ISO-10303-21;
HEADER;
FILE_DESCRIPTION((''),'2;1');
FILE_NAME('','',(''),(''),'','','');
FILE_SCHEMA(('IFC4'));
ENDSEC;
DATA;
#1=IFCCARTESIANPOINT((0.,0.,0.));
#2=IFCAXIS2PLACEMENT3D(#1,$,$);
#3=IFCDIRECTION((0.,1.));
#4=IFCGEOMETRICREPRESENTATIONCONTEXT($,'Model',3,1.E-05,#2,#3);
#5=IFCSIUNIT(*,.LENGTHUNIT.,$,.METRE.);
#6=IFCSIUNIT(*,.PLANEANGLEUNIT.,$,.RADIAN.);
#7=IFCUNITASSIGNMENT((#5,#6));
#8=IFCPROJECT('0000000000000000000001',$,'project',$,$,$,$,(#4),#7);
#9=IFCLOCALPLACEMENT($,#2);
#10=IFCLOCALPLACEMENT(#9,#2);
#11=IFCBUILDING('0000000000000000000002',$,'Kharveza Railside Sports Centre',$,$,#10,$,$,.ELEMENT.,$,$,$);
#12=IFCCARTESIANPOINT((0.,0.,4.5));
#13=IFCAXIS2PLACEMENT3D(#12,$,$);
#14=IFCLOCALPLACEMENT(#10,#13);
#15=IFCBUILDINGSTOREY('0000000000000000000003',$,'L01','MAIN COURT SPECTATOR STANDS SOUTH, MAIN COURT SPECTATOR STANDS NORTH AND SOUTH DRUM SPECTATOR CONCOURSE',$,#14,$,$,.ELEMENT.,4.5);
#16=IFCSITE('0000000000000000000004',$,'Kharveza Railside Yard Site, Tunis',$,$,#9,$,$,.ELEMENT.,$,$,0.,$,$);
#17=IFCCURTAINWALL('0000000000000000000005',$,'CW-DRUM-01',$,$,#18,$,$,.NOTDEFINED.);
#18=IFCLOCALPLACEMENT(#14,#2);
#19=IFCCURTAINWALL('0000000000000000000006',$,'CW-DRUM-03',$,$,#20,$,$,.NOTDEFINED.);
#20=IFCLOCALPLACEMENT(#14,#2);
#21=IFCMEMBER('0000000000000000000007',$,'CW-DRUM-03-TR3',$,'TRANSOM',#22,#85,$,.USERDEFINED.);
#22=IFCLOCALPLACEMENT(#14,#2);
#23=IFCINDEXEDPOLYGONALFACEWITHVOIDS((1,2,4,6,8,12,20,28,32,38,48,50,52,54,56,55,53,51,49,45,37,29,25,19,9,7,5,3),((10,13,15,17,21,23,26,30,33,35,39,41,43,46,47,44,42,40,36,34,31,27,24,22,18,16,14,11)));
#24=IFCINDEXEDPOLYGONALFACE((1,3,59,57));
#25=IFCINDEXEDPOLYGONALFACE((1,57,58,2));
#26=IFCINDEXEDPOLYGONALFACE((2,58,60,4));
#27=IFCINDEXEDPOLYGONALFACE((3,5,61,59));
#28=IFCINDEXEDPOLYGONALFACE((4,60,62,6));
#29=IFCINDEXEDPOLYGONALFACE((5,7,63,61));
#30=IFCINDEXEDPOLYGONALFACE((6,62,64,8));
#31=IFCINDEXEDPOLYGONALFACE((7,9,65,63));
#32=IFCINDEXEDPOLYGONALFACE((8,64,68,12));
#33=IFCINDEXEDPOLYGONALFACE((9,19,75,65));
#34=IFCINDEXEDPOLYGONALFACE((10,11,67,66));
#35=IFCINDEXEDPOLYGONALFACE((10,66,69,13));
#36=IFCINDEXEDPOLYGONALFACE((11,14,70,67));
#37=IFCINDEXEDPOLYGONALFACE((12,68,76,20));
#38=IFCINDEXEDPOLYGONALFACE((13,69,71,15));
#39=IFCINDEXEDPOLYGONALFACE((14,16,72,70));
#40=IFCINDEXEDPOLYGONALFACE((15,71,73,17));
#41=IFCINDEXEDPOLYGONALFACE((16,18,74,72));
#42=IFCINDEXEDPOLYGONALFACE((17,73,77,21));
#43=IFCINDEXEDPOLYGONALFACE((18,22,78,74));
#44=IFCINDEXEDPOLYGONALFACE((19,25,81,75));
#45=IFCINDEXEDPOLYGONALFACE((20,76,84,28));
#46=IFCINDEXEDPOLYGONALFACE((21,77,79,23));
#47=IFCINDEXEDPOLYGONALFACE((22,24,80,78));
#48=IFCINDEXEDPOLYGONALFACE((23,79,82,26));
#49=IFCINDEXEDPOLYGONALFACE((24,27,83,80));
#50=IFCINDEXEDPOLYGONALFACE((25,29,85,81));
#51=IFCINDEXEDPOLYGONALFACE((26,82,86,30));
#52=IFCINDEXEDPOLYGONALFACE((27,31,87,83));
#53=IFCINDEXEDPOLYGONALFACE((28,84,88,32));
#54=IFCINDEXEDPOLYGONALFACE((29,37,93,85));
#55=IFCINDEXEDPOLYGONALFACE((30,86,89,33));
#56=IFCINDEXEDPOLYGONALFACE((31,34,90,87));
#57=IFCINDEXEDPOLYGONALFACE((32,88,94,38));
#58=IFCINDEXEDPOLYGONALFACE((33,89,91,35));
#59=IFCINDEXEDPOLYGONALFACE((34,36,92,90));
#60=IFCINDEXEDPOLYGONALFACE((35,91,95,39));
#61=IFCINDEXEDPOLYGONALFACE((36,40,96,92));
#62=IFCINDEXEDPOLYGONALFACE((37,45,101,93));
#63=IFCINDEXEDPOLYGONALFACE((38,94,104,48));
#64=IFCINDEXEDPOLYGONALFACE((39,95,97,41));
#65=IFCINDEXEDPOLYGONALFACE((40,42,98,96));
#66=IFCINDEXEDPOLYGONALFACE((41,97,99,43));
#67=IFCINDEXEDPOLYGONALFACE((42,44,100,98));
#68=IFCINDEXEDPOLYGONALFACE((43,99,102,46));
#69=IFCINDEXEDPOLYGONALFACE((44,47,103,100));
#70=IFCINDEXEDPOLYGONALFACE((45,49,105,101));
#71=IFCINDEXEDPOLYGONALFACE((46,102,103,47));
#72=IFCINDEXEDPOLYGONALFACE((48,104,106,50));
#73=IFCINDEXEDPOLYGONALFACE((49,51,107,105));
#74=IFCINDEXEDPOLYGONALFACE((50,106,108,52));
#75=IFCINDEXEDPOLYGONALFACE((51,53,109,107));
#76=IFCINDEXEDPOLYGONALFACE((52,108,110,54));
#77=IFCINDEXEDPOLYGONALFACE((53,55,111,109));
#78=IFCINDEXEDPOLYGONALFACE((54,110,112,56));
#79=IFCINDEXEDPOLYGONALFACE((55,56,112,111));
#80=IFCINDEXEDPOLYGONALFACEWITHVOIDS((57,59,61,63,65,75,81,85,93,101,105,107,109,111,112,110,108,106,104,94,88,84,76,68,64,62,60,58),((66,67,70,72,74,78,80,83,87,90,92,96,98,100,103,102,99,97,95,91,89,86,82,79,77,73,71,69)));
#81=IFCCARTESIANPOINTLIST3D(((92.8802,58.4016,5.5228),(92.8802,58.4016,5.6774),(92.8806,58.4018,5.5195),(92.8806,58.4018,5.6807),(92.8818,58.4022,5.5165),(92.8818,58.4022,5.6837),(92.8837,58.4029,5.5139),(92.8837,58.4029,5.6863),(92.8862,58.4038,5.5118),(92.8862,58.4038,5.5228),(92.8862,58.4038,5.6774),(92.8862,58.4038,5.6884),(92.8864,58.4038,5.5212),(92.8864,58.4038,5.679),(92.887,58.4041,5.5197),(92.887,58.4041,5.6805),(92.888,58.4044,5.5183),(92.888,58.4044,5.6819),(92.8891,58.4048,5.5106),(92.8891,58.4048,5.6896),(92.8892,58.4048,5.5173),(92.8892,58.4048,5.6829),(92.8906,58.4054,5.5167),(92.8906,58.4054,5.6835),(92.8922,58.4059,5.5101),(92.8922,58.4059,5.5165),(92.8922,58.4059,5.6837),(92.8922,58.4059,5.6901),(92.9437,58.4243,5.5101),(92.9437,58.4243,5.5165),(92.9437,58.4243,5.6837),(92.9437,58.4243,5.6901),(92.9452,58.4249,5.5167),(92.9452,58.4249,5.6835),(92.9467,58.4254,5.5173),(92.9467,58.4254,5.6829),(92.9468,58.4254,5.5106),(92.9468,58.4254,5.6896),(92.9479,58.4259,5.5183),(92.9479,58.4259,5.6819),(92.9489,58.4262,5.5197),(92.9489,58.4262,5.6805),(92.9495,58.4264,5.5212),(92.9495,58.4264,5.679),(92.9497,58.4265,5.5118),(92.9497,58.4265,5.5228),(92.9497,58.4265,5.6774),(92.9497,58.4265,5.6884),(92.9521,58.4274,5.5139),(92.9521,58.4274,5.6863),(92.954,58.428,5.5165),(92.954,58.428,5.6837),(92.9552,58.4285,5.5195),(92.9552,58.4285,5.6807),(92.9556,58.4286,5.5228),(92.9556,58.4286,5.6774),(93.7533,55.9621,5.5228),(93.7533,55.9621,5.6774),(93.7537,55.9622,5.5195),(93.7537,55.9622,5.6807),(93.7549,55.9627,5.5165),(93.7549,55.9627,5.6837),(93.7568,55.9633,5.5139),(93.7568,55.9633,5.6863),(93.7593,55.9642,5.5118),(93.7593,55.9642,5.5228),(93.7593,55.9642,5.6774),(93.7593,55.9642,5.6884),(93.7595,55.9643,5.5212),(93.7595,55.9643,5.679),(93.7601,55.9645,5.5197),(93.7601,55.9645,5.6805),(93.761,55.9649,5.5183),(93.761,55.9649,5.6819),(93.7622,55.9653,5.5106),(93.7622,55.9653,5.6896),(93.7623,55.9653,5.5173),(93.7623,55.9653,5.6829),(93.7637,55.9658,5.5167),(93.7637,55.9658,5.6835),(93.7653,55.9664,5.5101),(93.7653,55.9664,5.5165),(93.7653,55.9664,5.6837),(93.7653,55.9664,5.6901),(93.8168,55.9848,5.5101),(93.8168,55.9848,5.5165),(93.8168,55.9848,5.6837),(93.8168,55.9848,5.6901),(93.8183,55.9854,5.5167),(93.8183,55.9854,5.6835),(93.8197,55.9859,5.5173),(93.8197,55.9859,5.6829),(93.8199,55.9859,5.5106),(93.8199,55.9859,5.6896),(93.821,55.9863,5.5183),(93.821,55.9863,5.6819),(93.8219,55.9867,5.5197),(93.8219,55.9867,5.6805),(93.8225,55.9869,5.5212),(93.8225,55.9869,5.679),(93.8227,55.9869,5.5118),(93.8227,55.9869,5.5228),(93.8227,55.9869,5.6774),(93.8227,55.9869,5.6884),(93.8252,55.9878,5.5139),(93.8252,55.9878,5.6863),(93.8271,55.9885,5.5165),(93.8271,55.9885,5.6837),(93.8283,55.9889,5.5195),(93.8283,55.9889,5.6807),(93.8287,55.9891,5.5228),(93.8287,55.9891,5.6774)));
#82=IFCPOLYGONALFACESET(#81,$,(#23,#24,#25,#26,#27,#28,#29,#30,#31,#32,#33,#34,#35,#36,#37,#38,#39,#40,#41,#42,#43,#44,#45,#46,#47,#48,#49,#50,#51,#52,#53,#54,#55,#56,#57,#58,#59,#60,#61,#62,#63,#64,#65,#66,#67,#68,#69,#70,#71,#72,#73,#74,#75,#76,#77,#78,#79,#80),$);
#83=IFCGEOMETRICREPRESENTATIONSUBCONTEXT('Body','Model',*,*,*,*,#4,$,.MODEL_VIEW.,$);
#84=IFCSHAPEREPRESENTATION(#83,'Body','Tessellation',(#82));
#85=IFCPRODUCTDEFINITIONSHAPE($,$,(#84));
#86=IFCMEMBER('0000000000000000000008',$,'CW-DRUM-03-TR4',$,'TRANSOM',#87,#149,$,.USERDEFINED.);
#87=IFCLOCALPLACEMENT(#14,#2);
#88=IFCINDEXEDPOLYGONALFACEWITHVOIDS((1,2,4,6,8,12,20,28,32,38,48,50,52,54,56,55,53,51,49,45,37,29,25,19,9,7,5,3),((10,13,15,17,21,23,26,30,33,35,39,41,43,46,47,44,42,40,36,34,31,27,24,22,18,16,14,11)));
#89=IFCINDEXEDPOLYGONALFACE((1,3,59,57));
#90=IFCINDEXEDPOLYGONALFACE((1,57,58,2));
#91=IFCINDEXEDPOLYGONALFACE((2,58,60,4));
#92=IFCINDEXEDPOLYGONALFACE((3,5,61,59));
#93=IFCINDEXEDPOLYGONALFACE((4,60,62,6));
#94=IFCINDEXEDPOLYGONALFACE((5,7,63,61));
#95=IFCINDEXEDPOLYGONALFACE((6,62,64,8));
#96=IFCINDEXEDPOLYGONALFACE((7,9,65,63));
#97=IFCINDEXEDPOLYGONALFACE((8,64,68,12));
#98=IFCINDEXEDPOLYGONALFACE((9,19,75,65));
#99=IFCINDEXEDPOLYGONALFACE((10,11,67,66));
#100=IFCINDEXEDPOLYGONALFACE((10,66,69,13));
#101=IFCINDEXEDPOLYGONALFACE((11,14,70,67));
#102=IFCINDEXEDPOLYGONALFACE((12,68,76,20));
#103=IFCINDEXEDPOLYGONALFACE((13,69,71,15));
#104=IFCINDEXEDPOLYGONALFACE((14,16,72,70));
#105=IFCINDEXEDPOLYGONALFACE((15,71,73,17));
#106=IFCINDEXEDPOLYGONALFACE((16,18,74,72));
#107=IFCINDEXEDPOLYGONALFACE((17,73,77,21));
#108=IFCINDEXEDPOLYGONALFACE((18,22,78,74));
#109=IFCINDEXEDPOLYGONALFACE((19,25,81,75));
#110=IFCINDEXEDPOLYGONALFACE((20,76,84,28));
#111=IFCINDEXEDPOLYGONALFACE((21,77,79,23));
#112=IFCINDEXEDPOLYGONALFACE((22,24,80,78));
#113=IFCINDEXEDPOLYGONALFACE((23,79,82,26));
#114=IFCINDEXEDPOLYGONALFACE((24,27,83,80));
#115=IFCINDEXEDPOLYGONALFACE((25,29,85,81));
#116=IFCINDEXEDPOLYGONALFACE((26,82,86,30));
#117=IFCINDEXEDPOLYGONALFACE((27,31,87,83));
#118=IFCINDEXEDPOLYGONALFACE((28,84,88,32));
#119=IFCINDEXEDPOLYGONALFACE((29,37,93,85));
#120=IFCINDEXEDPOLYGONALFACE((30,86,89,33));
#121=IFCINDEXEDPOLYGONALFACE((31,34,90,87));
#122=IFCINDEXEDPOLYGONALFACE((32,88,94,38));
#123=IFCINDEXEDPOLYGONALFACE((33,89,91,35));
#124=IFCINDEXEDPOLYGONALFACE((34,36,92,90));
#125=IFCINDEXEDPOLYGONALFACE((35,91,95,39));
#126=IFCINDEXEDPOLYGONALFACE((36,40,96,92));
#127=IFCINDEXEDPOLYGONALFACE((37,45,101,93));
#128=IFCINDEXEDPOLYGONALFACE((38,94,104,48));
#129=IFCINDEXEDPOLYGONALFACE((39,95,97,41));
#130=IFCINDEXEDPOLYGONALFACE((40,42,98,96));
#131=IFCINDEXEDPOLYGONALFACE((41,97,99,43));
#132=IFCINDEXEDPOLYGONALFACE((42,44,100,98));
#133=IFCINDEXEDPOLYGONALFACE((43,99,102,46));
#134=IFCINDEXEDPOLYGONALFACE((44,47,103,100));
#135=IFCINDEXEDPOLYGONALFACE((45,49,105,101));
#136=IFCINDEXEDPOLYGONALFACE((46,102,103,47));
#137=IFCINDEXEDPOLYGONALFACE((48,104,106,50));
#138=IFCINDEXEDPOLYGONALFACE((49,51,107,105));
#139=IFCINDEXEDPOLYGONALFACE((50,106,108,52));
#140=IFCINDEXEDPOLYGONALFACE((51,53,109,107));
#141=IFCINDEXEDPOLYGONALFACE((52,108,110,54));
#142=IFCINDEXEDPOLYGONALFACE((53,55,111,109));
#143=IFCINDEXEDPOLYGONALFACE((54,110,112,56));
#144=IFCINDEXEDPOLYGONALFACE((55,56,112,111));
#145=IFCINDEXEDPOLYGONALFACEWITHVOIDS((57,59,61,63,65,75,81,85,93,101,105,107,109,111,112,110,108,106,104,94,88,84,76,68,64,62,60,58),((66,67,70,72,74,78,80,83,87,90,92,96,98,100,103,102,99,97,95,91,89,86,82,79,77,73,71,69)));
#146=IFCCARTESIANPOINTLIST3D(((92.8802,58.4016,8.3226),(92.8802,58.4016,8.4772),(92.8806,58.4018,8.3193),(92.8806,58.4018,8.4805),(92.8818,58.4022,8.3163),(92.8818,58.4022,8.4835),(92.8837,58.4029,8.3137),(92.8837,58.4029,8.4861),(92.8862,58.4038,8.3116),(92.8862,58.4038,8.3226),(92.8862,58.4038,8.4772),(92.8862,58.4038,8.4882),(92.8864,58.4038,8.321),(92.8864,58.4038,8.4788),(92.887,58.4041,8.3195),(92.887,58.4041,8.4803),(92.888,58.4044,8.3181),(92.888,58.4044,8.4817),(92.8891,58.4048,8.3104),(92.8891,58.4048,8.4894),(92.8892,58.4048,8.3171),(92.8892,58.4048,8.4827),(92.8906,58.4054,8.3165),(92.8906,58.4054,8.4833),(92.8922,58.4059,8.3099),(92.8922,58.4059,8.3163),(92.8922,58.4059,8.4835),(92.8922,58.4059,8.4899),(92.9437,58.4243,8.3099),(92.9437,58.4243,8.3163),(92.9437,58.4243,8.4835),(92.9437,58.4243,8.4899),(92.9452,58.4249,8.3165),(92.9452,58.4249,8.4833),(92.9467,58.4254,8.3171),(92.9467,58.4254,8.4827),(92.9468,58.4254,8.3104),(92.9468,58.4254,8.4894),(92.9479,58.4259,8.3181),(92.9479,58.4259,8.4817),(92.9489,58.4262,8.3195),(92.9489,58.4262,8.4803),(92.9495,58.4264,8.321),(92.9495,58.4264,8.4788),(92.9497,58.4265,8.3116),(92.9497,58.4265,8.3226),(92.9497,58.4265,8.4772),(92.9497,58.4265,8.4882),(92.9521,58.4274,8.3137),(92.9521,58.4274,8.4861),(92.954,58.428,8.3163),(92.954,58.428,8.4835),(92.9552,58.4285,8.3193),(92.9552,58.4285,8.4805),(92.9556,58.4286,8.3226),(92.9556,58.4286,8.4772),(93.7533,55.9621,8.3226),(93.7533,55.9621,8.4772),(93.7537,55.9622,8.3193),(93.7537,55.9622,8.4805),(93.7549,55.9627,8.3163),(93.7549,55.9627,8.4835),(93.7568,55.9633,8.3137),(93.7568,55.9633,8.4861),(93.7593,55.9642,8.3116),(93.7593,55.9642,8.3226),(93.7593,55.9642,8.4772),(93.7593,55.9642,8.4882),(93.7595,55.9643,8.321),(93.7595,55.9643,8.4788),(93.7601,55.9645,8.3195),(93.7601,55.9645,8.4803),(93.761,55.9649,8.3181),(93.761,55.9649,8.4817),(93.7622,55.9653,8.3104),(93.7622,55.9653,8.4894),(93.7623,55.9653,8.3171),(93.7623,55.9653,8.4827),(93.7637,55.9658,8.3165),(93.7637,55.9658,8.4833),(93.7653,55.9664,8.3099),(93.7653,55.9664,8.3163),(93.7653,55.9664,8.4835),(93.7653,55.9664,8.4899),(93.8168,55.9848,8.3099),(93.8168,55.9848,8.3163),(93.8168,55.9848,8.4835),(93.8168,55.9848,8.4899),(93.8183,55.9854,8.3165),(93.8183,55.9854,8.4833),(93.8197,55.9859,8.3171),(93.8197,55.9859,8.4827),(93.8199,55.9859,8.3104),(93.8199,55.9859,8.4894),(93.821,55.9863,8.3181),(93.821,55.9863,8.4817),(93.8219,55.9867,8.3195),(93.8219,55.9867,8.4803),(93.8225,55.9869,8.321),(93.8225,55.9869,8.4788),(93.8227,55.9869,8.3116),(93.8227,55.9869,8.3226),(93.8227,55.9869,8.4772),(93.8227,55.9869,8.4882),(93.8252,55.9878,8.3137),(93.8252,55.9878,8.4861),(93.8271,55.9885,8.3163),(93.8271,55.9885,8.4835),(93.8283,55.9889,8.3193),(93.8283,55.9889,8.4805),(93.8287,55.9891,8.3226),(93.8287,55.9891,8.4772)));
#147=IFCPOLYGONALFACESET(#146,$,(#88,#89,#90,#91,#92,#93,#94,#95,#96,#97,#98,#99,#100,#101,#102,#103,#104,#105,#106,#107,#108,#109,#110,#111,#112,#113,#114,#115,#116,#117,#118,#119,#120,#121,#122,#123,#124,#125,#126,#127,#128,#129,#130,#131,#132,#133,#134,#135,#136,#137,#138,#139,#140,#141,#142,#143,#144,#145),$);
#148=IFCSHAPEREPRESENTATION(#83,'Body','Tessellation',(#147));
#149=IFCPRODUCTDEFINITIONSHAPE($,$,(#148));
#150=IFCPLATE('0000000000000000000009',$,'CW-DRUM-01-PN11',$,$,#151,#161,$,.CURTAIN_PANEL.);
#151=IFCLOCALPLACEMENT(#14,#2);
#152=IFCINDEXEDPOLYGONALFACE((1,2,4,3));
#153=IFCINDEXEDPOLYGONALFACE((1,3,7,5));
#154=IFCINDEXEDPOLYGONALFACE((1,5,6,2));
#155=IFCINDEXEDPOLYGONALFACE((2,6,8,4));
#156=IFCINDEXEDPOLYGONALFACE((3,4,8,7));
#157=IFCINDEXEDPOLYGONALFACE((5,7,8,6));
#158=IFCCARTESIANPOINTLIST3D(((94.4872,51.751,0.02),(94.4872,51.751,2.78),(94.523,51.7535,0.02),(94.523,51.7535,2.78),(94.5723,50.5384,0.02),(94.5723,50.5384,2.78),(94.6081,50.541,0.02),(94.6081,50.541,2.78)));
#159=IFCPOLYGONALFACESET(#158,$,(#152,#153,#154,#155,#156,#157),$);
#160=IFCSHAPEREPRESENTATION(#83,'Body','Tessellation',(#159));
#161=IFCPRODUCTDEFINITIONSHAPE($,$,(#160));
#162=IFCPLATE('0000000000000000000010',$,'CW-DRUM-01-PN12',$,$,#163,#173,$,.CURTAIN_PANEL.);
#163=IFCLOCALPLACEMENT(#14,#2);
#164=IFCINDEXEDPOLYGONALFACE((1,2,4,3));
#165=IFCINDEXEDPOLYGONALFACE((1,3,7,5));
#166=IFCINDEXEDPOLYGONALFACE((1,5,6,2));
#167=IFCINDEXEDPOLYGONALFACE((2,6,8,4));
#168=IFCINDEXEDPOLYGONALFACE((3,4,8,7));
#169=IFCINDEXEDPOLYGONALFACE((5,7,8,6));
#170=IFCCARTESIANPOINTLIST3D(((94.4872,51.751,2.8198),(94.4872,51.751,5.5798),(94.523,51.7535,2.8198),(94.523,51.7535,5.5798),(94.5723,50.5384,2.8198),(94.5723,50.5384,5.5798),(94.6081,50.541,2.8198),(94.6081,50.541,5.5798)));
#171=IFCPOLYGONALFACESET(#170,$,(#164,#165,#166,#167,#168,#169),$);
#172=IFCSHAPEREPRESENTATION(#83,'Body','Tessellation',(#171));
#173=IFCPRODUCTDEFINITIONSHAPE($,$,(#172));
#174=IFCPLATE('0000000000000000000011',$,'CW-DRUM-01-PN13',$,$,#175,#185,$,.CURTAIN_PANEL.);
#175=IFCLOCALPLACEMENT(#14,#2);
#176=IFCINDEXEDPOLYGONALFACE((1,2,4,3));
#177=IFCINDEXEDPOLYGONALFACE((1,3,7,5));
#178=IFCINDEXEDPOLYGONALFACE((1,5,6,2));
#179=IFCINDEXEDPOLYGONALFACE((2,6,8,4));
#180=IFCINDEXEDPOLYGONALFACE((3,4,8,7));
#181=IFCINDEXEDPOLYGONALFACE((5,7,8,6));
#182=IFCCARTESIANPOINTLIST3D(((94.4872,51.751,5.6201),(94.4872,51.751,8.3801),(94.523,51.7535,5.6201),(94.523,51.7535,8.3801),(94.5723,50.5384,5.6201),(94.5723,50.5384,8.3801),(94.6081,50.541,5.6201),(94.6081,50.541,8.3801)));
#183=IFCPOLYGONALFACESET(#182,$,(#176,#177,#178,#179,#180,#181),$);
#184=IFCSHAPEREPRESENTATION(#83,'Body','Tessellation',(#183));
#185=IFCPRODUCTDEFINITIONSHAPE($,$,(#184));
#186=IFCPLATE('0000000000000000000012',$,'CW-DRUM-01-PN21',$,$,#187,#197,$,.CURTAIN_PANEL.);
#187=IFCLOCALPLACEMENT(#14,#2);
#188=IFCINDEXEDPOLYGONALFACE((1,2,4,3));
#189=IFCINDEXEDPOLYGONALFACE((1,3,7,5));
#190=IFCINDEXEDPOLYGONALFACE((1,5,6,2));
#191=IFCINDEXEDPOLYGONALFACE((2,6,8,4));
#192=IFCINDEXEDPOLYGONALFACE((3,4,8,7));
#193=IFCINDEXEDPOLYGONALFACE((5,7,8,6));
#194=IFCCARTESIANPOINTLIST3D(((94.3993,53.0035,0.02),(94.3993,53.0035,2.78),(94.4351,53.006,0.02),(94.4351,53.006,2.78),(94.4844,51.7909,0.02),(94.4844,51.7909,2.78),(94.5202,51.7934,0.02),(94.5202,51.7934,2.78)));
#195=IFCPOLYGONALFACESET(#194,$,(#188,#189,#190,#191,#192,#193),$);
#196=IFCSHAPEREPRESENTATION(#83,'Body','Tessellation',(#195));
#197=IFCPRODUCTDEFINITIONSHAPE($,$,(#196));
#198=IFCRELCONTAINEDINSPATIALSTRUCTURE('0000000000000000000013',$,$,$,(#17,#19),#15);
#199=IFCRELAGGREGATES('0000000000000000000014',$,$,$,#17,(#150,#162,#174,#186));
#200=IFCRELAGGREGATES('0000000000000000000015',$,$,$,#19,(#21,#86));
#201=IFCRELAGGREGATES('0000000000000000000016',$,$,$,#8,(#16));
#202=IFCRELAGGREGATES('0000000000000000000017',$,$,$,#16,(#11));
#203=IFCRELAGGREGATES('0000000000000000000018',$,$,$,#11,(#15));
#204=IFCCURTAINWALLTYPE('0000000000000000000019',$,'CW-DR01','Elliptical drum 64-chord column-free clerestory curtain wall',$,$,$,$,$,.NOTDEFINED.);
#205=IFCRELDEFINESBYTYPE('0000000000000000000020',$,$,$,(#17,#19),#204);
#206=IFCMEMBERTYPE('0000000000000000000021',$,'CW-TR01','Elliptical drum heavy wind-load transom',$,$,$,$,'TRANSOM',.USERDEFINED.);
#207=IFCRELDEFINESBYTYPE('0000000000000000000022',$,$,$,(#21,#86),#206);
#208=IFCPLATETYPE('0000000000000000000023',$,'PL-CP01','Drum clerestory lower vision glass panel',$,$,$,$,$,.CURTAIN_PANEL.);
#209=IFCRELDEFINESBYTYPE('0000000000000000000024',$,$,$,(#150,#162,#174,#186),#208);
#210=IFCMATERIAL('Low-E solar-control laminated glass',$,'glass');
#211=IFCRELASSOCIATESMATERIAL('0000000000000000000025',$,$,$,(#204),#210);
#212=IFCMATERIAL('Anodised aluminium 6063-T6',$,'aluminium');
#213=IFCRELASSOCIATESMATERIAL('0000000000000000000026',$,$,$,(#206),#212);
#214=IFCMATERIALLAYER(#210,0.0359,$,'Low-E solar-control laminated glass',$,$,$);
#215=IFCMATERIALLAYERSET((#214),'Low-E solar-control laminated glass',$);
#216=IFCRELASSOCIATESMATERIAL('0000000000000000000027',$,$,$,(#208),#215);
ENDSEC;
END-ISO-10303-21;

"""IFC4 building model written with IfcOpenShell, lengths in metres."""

from ifc_helpers import new_model, si_unit, direction, frame, origin, origin_2d, place, context, subcontext, project, spatial, rectangle, hollow_rectangle, extrude, material, layer, layer_set, material_profile, profile_set, type_object, element, aggregate, save


model = new_model("IFC4")

# Units and contexts
model_context = context("Model", 3, precision=1e-05, world=origin(), true_north=direction((0.0, 1.0)))
body_context = subcontext(model_context, "Body", "Model", "MODEL_VIEW")
ifc_project = project(units=[si_unit("LENGTHUNIT", "METRE"), si_unit("PLANEANGLEUNIT", "RADIAN")], contexts=[model_context])

# Site, building, storey
site_placement = place(None, origin())
site = spatial("IfcSite", under=ifc_project, at=site_placement, Name="Kharveza Railside Yard Site, Tunis", CompositionType="ELEMENT", RefElevation=0.0)
building_placement = place(site_placement, origin())
building = spatial("IfcBuilding", under=site, at=building_placement, Name="Kharveza Railside Sports Centre", CompositionType="ELEMENT")
storey_placement = place(building_placement, frame((0.0, 0.0, 4.5)))
storey = spatial("IfcBuildingStorey", under=building, at=storey_placement, Name="L01", Description="MAIN COURT SPECTATOR STANDS SOUTH, MAIN COURT SPECTATOR STANDS NORTH AND SOUTH DRUM SPECTATOR CONCOURSE", CompositionType="ELEMENT", Elevation=4.5)

# Curtain wall
ifc_material_1 = material(Name="Low-E solar-control laminated glass", Category="glass")
curtain_wall_type = type_object("IfcCurtainWallType", Name="CW-DR01", Description="Elliptical drum 64-chord column-free clerestory curtain wall", PredefinedType="NOTDEFINED", material=ifc_material_1)
curtain_wall_1_placement = place(storey_placement, origin())
curtain_wall_1 = element("IfcCurtainWall", 1, at=curtain_wall_1_placement, inside=storey, type_object=curtain_wall_type, Name="CW-DRUM-01", PredefinedType="NOTDEFINED")
ifc_material_2 = material(Name="Anodised aluminium 6063-T6", Category="aluminium")

# Curtain wall
curtain_wall_2_placement = place(storey_placement, origin())
curtain_wall_2 = element("IfcCurtainWall", 2, at=curtain_wall_2_placement, inside=storey, type_object=curtain_wall_type, Name="CW-DRUM-03", PredefinedType="NOTDEFINED")

# Members
ifc_material_profile_1 = material_profile(ifc_material_2, hollow_rectangle(XDim=0.0801, YDim=0.1799, WallThickness=0.0063, InnerFilletRadius=0.0063, OuterFilletRadius=0.0127, at=origin_2d()), Name="RHS 80x180x6.3")
ifc_profile_set_1 = profile_set([ifc_material_profile_1], Name="Anodised aluminium 6063-T6")
member_type_1 = type_object("IfcMemberType", Name="CW-TR01", Description="Elliptical drum heavy wind-load transom", ElementType="TRANSOM", PredefinedType="USERDEFINED", material=ifc_profile_set_1)
member_1_placement = place(storey_placement, frame((93.791, 55.9756, 5.6001), z_axis=(-0.336957, 0.94152, 0.0), x_axis=(-0.94152, -0.336957, 0.0)))
member_1 = element("IfcMember", 3, at=member_1_placement, type_object=member_type_1, Name="CW-DRUM-03-TR3", ObjectType="TRANSOM", PredefinedType="USERDEFINED", context=body_context, shape_type="SweptSolid", body=[
    extrude(hollow_rectangle(XDim=0.0801, YDim=0.1799, WallThickness=0.0063, InnerFilletRadius=0.0063, OuterFilletRadius=0.0127, at=origin_2d()), origin(), (0.0, 0.0, 1.0), 2.5911),
])
member_2_placement = place(storey_placement, frame((93.791, 55.9756, 8.3999), z_axis=(-0.336957, 0.94152, 0.0), x_axis=(-0.94152, -0.336957, 0.0)))
member_2 = element("IfcMember", 4, at=member_2_placement, type_object=member_type_1, Name="CW-DRUM-03-TR4", ObjectType="TRANSOM", PredefinedType="USERDEFINED", context=body_context, shape_type="SweptSolid", body=[
    extrude(hollow_rectangle(XDim=0.0801, YDim=0.1799, WallThickness=0.0063, InnerFilletRadius=0.0063, OuterFilletRadius=0.0127, at=origin_2d()), origin(), (0.0, 0.0, 1.0), 2.5911),
])

# Plates
ifc_layer = layer(ifc_material_1, 0.0359, Name="Low-E solar-control laminated glass")
ifc_layer_set = layer_set([ifc_layer], Name="Low-E solar-control laminated glass")
plate_type = type_object("IfcPlateType", Name="PL-CP01", Description="Drum clerestory lower vision glass panel", PredefinedType="CURTAIN_PANEL", material=ifc_layer_set)
plate_1_placement = place(storey_placement, frame((94.5476, 51.146, 0.02), z_axis=(0.0, 0.0, 1.0), x_axis=(-0.070018, 0.997546, 0.0)))
plate_1 = element("IfcPlate", 5, at=plate_1_placement, type_object=plate_type, Name="CW-DRUM-01-PN11", PredefinedType="CURTAIN_PANEL", context=body_context, shape_type="SweptSolid", body=[
    extrude(rectangle(XDim=1.2156, YDim=0.0359, at=origin_2d()), origin(), (0.0, 0.0, 1.0), 2.76),
])
plate_2_placement = place(storey_placement, frame((94.5476, 51.146, 2.8198), z_axis=(0.0, 0.0, 1.0), x_axis=(-0.070018, 0.997546, 0.0)))
plate_2 = element("IfcPlate", 6, at=plate_2_placement, type_object=plate_type, Name="CW-DRUM-01-PN12", PredefinedType="CURTAIN_PANEL", context=body_context, shape_type="SweptSolid", body=[
    extrude(rectangle(XDim=1.2156, YDim=0.0359, at=origin_2d()), origin(), (0.0, 0.0, 1.0), 2.76),
])
plate_3_placement = place(storey_placement, frame((94.5476, 51.146, 5.6201), z_axis=(0.0, 0.0, 1.0), x_axis=(-0.070018, 0.997546, 0.0)))
plate_3 = element("IfcPlate", 7, at=plate_3_placement, type_object=plate_type, Name="CW-DRUM-01-PN13", PredefinedType="CURTAIN_PANEL", context=body_context, shape_type="SweptSolid", body=[
    extrude(rectangle(XDim=1.2156, YDim=0.0359, at=origin_2d()), origin(), (0.0, 0.0, 1.0), 2.76),
])
plate_4_placement = place(storey_placement, frame((94.4597, 52.3984, 0.02), z_axis=(0.0, 0.0, 1.0), x_axis=(-0.070018, 0.997546, 0.0)))
plate_4 = element("IfcPlate", 8, at=plate_4_placement, type_object=plate_type, Name="CW-DRUM-01-PN21", PredefinedType="CURTAIN_PANEL", context=body_context, shape_type="SweptSolid", body=[
    extrude(rectangle(XDim=1.2156, YDim=0.0359, at=origin_2d()), origin(), (0.0, 0.0, 1.0), 2.76),
])
aggregate(curtain_wall_1, [plate_1, plate_2, plate_3, plate_4])
aggregate(curtain_wall_2, [member_1, member_2])

save(model, "model.ifc")
